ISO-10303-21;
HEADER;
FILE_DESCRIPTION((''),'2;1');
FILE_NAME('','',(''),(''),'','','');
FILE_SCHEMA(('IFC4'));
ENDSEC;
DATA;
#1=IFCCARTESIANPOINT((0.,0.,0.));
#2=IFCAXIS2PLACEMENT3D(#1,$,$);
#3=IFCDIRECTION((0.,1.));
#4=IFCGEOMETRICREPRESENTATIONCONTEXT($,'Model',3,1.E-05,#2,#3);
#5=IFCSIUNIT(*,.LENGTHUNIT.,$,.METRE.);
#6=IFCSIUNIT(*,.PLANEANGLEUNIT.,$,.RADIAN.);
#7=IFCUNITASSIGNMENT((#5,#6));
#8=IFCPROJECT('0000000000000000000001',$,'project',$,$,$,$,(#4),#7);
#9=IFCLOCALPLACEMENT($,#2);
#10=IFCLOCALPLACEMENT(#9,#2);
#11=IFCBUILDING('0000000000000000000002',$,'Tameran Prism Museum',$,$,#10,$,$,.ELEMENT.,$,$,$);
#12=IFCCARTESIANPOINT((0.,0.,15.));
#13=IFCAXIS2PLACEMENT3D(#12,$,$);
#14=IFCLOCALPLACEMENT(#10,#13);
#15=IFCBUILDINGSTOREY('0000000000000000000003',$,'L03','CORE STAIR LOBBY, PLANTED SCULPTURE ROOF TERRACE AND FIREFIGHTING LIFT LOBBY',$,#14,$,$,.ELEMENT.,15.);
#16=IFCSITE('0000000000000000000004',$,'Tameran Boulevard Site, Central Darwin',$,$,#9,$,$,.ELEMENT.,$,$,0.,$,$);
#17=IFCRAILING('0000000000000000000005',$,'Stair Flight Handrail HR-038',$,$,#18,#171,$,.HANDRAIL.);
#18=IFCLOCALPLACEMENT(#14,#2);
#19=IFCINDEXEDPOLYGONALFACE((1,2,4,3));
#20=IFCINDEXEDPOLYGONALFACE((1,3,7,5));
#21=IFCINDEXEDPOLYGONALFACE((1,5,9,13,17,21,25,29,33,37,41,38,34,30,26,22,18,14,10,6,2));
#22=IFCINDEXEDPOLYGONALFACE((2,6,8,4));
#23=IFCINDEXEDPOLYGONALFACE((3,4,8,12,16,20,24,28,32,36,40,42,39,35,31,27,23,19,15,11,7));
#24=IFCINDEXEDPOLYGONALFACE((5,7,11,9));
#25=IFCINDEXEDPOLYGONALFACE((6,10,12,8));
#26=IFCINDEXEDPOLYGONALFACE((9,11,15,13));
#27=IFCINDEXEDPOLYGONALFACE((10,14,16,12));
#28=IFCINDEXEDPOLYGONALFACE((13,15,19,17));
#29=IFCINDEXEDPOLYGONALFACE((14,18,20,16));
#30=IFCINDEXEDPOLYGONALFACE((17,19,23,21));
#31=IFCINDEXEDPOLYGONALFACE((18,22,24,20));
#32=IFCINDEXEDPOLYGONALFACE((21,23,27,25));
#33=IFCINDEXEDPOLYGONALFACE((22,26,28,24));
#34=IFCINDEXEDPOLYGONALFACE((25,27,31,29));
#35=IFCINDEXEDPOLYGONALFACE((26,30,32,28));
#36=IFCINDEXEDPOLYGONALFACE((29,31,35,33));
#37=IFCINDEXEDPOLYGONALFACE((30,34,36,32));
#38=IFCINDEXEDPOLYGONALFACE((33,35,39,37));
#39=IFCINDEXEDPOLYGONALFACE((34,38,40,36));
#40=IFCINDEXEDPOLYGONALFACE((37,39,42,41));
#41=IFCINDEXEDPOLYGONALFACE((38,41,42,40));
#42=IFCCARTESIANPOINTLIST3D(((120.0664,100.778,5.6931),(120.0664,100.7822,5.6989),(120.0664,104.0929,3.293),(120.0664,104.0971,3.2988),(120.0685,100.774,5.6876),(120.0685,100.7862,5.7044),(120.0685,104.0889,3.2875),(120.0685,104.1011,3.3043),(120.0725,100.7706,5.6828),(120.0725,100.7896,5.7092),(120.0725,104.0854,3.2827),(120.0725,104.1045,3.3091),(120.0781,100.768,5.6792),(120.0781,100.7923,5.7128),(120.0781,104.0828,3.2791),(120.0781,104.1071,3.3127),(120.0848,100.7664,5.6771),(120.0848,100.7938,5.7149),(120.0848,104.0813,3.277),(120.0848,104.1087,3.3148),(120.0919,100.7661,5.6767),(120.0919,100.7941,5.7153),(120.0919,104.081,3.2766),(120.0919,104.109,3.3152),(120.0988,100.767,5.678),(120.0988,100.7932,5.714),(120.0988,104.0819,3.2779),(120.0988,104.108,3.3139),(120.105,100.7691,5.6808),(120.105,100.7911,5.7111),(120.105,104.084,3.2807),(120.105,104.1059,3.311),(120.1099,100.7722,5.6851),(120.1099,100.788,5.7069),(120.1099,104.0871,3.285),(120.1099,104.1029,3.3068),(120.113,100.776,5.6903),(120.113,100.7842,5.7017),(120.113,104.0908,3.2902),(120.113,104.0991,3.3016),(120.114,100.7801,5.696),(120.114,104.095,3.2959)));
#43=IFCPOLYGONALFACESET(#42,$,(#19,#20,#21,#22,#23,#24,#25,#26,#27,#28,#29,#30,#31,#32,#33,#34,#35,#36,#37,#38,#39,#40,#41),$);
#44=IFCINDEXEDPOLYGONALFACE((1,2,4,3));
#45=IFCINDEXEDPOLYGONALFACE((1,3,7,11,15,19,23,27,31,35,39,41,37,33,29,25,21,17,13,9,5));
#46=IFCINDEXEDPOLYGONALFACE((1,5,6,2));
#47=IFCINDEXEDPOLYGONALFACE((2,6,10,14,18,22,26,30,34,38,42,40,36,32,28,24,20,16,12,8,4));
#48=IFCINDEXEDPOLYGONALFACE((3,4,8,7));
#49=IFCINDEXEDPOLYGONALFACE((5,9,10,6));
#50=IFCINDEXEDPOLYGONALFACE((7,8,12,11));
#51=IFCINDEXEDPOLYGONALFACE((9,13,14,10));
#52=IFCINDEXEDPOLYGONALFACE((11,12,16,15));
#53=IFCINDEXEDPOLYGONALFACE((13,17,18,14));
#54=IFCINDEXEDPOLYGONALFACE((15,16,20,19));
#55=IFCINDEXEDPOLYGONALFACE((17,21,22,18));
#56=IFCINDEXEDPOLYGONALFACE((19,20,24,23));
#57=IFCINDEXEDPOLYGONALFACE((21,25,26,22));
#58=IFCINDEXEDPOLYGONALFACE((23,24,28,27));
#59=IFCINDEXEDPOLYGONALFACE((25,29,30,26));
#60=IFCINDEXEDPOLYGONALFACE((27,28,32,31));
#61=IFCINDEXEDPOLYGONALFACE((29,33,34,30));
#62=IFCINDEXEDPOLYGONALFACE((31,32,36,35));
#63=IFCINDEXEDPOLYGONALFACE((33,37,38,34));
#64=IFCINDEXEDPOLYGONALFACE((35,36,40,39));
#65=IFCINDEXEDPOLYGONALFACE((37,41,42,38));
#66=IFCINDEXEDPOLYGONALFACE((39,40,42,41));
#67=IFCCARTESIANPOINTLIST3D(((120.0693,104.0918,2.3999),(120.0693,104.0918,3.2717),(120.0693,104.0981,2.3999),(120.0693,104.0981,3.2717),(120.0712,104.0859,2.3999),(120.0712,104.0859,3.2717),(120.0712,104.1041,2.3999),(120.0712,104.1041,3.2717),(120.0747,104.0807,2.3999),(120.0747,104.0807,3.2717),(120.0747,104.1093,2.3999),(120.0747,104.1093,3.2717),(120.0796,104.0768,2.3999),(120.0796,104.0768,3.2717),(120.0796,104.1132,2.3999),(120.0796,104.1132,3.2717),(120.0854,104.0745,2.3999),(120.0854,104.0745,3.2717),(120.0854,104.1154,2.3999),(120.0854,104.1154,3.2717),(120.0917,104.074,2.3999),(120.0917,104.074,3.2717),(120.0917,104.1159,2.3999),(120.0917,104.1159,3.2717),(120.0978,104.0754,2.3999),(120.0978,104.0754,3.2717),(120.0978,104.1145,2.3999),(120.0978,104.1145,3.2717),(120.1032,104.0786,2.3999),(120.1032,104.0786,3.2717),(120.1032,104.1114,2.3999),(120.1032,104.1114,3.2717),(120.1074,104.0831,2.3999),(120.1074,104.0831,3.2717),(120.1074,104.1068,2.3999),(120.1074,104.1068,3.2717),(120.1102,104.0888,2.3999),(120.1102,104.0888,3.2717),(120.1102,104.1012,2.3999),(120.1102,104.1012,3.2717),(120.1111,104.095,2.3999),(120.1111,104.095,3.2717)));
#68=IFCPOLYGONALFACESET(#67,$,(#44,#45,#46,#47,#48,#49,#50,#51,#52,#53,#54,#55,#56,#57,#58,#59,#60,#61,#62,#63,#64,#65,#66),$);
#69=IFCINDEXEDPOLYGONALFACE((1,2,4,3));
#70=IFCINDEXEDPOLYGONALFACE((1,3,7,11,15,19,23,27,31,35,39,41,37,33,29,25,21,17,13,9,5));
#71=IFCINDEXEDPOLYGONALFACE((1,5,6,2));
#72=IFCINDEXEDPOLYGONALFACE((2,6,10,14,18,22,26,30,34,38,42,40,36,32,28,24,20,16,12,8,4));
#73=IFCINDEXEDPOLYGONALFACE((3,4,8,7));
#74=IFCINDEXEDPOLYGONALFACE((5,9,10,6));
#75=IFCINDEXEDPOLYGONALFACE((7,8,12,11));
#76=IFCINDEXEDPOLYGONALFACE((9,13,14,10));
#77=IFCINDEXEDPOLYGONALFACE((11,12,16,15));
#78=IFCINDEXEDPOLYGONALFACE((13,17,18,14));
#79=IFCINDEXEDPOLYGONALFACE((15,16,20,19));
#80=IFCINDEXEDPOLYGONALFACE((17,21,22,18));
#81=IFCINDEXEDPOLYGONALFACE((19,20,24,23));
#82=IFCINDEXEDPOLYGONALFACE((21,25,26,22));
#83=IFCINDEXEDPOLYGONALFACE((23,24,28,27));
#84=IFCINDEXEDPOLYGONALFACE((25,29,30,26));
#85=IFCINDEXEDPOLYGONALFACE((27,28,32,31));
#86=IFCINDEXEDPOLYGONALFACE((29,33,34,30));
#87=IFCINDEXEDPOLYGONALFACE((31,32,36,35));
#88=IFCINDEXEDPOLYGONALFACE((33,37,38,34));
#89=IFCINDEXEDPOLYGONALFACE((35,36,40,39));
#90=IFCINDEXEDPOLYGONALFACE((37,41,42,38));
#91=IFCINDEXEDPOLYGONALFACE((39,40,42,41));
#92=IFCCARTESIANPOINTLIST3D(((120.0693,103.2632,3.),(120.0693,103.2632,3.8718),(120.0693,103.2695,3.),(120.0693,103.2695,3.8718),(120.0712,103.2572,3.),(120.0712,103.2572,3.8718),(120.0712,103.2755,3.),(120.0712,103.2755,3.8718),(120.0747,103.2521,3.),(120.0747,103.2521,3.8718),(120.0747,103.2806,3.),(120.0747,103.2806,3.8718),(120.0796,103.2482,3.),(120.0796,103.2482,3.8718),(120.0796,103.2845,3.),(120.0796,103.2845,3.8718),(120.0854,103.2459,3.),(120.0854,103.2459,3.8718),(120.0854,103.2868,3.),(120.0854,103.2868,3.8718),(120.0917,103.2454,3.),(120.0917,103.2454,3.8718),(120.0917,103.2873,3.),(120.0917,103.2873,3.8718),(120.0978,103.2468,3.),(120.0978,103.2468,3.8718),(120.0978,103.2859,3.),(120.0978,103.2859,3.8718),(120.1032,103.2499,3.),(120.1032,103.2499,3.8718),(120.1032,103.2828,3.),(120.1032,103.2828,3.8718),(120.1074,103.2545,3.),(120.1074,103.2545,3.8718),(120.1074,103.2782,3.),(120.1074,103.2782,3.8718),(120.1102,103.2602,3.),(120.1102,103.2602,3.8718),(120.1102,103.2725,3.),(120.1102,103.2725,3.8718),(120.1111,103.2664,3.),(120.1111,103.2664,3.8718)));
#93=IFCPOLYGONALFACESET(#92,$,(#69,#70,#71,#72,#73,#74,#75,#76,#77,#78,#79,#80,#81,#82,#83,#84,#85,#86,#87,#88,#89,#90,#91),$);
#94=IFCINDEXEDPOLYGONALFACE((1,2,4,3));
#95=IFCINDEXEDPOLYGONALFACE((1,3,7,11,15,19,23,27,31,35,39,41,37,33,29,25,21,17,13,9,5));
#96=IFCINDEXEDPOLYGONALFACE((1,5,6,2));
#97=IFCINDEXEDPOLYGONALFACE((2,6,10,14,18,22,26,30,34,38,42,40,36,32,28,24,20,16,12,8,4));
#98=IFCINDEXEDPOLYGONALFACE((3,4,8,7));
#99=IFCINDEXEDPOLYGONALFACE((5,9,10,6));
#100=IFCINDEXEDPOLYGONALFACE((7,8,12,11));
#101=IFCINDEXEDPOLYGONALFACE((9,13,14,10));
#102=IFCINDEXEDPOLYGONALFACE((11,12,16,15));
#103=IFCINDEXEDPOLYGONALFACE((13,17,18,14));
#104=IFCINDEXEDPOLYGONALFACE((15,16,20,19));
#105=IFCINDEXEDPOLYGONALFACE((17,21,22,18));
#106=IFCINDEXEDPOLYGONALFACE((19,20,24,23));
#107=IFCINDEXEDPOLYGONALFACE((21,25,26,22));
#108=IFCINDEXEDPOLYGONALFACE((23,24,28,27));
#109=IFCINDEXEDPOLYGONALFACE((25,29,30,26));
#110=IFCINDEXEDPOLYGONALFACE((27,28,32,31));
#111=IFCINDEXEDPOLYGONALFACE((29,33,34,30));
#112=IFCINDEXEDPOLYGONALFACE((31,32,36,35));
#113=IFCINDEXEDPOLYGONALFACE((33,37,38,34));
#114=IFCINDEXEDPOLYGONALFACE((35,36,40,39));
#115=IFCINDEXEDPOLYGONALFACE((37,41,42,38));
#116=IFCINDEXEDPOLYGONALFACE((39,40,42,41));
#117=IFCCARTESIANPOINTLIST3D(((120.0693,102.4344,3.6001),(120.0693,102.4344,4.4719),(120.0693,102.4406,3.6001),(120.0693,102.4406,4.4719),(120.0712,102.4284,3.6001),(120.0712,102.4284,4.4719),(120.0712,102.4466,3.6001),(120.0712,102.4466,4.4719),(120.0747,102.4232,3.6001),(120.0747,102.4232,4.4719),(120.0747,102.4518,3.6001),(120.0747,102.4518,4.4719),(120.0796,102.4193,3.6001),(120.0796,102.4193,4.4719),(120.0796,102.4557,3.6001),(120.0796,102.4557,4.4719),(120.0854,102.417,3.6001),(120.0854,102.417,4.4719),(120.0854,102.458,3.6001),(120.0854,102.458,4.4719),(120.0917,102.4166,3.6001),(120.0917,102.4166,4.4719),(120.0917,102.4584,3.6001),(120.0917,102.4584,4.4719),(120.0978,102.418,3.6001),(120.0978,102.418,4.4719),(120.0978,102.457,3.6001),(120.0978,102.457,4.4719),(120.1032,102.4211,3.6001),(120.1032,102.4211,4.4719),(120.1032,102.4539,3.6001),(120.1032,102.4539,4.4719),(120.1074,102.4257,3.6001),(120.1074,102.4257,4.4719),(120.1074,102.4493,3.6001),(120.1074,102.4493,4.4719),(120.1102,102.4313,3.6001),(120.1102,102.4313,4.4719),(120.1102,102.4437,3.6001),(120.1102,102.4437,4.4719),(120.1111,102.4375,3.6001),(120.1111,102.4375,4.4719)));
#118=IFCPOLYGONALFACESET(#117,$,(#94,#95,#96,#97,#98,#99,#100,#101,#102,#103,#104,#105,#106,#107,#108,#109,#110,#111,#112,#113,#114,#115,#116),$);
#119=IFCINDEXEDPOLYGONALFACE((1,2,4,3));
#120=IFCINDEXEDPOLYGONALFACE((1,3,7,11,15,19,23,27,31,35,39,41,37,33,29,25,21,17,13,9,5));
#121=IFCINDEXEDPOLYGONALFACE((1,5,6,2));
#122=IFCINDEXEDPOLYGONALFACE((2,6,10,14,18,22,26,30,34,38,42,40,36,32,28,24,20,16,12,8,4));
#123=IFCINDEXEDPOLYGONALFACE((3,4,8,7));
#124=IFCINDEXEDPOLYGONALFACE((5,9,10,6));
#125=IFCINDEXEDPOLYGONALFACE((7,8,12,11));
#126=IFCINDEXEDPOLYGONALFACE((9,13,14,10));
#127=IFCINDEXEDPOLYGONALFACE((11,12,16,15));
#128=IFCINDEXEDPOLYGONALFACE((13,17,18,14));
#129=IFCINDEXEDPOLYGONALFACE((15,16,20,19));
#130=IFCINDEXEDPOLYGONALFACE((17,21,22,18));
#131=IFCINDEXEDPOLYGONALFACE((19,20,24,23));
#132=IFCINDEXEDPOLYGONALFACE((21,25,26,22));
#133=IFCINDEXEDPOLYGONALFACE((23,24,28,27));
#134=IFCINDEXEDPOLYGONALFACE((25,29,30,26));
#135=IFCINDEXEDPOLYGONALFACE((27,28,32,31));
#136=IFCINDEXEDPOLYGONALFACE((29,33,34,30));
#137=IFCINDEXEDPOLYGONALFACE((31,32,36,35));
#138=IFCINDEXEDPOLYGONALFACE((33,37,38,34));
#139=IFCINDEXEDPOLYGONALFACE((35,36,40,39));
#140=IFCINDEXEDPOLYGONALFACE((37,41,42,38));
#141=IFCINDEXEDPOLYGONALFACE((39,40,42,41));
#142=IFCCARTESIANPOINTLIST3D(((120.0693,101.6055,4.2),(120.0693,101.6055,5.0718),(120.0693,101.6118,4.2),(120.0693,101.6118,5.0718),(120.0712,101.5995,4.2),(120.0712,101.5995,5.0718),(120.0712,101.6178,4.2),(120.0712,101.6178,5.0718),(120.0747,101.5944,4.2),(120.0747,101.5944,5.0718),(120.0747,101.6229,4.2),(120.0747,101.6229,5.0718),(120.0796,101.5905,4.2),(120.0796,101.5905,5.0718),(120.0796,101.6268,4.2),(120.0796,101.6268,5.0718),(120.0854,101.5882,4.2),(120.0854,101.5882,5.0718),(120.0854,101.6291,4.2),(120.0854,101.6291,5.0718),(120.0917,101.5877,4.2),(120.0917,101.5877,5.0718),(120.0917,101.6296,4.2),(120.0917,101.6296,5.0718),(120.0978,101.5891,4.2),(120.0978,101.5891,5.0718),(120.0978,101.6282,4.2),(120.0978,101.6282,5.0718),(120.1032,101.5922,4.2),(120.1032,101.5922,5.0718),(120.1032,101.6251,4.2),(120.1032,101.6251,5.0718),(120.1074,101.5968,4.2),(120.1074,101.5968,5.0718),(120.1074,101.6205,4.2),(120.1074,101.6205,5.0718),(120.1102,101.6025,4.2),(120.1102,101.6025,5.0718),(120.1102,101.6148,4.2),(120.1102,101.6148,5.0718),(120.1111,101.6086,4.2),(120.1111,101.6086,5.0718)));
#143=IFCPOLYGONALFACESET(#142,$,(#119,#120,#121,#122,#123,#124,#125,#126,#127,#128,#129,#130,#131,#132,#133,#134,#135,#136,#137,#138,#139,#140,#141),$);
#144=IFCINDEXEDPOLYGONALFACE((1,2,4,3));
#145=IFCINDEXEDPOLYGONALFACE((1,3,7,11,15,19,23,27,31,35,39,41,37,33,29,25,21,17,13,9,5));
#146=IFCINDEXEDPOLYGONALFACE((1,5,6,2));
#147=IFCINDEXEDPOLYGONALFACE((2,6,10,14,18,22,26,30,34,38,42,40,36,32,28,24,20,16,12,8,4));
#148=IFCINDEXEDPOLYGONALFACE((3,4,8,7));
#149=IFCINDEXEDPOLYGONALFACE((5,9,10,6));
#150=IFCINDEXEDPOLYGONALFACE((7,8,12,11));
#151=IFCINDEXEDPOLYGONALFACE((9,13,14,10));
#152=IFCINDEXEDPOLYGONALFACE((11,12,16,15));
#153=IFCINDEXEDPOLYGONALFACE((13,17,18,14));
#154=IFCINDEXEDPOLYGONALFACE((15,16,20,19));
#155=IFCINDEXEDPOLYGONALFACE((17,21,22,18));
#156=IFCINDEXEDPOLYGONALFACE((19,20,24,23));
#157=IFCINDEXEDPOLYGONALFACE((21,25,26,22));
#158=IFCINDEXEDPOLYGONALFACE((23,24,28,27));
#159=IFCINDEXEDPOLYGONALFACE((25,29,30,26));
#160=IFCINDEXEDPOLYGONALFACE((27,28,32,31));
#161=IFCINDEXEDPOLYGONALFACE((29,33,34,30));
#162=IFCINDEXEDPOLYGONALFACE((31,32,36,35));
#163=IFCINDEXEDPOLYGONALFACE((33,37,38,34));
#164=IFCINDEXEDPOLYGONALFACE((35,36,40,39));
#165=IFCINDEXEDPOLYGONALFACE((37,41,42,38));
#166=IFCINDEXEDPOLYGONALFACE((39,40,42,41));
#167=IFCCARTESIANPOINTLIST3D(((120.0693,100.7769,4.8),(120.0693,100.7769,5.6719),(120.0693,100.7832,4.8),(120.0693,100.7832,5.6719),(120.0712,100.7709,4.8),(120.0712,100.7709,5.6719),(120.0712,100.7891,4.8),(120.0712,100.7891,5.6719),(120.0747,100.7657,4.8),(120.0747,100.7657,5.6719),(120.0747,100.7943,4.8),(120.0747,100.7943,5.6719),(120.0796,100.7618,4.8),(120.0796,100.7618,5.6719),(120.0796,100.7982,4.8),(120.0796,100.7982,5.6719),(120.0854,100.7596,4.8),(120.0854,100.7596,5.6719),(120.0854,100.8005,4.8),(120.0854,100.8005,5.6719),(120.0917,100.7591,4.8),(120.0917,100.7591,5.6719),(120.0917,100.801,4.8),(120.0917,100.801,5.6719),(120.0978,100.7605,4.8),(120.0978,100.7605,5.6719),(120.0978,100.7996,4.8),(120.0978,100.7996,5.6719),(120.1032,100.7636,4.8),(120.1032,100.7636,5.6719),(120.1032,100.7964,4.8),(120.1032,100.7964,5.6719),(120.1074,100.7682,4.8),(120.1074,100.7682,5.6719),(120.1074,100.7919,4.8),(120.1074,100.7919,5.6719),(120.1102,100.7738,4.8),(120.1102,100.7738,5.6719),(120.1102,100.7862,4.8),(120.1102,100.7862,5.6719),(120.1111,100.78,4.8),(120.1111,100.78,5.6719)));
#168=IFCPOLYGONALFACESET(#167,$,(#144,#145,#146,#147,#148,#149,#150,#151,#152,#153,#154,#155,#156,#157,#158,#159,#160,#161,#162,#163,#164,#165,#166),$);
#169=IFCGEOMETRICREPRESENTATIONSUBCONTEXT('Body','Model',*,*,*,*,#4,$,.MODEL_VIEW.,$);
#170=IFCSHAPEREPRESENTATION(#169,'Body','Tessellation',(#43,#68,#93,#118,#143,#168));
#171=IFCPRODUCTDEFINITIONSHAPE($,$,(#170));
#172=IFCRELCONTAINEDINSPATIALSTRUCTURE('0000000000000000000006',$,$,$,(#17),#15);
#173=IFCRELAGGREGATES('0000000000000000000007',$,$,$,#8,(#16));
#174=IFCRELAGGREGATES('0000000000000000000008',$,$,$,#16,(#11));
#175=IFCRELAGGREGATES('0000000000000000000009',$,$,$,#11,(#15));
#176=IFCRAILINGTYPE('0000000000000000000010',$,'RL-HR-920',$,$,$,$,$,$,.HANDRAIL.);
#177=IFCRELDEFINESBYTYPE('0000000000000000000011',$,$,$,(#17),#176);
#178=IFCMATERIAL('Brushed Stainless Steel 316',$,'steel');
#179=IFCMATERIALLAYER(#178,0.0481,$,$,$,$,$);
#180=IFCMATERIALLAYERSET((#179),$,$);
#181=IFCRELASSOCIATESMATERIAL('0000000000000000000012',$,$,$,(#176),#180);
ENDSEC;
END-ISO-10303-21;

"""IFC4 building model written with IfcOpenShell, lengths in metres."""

from ifc_helpers import new_model, si_unit, direction, frame, origin, origin_2d, place, context, subcontext, project, spatial, circle, extrude, material, layer, layer_set, type_object, element, save


model = new_model("IFC4")

# Units and contexts
model_context = context("Model", 3, precision=1e-05, world=origin(), true_north=direction((0.0, 1.0)))
body_context = subcontext(model_context, "Body", "Model", "MODEL_VIEW")
ifc_project = project(units=[si_unit("LENGTHUNIT", "METRE"), si_unit("PLANEANGLEUNIT", "RADIAN")], contexts=[model_context])

# Site, building, storey
site_placement = place(None, origin())
site = spatial("IfcSite", under=ifc_project, at=site_placement, Name="Tameran Boulevard Site, Central Darwin", CompositionType="ELEMENT", RefElevation=0.0)
building_placement = place(site_placement, origin())
building = spatial("IfcBuilding", under=site, at=building_placement, Name="Tameran Prism Museum", CompositionType="ELEMENT")
storey_placement = place(building_placement, frame((0.0, 0.0, 15.0)))
storey = spatial("IfcBuildingStorey", under=building, at=storey_placement, Name="L03", Description="CORE STAIR LOBBY, PLANTED SCULPTURE ROOF TERRACE AND FIREFIGHTING LIFT LOBBY", CompositionType="ELEMENT", Elevation=15.0)

# Railing
ifc_material_1 = material(Name="Brushed Stainless Steel 316", Category="steel")
ifc_layer_1 = layer(ifc_material_1, 0.0481)
ifc_layer_set_1 = layer_set([ifc_layer_1])
railing_type_1 = type_object("IfcRailingType", Name="RL-HR-920", PredefinedType="HANDRAIL", material=ifc_layer_set_1)
railing_1_placement = place(storey_placement, frame((120.0901, 104.095, 2.3999)))
element("IfcRailing", 1, at=railing_1_placement, inside=storey, type_object=railing_type_1, Name="Stair Flight Handrail HR-038", PredefinedType="HANDRAIL", context=body_context, shape_type="SweptSolid", body=[
    extrude(circle(Radius=0.0239, at=origin_2d()), frame((0.0, 0.0, 0.896), z_axis=(0.0, -0.80998, 0.586457), x_axis=(1.0, 0.0, 0.0)), (0.0, 0.0, 1.0), 4.0925),
    extrude(circle(Radius=0.021, at=origin_2d()), origin(), (0.0, 0.0, 1.0), 0.8718),
    extrude(circle(Radius=0.021, at=origin_2d()), frame((0.0, -0.8286, 0.6001)), (0.0, 0.0, 1.0), 0.8718),
    extrude(circle(Radius=0.021, at=origin_2d()), frame((0.0, -1.6575, 1.2002)), (0.0, 0.0, 1.0), 0.8718),
    extrude(circle(Radius=0.021, at=origin_2d()), frame((0.0, -2.4863, 1.8)), (0.0, 0.0, 1.0), 0.8718),
    extrude(circle(Radius=0.021, at=origin_2d()), frame((0.0, -3.3149, 2.4001)), (0.0, 0.0, 1.0), 0.8718),
])

save(model, "model.ifc")
